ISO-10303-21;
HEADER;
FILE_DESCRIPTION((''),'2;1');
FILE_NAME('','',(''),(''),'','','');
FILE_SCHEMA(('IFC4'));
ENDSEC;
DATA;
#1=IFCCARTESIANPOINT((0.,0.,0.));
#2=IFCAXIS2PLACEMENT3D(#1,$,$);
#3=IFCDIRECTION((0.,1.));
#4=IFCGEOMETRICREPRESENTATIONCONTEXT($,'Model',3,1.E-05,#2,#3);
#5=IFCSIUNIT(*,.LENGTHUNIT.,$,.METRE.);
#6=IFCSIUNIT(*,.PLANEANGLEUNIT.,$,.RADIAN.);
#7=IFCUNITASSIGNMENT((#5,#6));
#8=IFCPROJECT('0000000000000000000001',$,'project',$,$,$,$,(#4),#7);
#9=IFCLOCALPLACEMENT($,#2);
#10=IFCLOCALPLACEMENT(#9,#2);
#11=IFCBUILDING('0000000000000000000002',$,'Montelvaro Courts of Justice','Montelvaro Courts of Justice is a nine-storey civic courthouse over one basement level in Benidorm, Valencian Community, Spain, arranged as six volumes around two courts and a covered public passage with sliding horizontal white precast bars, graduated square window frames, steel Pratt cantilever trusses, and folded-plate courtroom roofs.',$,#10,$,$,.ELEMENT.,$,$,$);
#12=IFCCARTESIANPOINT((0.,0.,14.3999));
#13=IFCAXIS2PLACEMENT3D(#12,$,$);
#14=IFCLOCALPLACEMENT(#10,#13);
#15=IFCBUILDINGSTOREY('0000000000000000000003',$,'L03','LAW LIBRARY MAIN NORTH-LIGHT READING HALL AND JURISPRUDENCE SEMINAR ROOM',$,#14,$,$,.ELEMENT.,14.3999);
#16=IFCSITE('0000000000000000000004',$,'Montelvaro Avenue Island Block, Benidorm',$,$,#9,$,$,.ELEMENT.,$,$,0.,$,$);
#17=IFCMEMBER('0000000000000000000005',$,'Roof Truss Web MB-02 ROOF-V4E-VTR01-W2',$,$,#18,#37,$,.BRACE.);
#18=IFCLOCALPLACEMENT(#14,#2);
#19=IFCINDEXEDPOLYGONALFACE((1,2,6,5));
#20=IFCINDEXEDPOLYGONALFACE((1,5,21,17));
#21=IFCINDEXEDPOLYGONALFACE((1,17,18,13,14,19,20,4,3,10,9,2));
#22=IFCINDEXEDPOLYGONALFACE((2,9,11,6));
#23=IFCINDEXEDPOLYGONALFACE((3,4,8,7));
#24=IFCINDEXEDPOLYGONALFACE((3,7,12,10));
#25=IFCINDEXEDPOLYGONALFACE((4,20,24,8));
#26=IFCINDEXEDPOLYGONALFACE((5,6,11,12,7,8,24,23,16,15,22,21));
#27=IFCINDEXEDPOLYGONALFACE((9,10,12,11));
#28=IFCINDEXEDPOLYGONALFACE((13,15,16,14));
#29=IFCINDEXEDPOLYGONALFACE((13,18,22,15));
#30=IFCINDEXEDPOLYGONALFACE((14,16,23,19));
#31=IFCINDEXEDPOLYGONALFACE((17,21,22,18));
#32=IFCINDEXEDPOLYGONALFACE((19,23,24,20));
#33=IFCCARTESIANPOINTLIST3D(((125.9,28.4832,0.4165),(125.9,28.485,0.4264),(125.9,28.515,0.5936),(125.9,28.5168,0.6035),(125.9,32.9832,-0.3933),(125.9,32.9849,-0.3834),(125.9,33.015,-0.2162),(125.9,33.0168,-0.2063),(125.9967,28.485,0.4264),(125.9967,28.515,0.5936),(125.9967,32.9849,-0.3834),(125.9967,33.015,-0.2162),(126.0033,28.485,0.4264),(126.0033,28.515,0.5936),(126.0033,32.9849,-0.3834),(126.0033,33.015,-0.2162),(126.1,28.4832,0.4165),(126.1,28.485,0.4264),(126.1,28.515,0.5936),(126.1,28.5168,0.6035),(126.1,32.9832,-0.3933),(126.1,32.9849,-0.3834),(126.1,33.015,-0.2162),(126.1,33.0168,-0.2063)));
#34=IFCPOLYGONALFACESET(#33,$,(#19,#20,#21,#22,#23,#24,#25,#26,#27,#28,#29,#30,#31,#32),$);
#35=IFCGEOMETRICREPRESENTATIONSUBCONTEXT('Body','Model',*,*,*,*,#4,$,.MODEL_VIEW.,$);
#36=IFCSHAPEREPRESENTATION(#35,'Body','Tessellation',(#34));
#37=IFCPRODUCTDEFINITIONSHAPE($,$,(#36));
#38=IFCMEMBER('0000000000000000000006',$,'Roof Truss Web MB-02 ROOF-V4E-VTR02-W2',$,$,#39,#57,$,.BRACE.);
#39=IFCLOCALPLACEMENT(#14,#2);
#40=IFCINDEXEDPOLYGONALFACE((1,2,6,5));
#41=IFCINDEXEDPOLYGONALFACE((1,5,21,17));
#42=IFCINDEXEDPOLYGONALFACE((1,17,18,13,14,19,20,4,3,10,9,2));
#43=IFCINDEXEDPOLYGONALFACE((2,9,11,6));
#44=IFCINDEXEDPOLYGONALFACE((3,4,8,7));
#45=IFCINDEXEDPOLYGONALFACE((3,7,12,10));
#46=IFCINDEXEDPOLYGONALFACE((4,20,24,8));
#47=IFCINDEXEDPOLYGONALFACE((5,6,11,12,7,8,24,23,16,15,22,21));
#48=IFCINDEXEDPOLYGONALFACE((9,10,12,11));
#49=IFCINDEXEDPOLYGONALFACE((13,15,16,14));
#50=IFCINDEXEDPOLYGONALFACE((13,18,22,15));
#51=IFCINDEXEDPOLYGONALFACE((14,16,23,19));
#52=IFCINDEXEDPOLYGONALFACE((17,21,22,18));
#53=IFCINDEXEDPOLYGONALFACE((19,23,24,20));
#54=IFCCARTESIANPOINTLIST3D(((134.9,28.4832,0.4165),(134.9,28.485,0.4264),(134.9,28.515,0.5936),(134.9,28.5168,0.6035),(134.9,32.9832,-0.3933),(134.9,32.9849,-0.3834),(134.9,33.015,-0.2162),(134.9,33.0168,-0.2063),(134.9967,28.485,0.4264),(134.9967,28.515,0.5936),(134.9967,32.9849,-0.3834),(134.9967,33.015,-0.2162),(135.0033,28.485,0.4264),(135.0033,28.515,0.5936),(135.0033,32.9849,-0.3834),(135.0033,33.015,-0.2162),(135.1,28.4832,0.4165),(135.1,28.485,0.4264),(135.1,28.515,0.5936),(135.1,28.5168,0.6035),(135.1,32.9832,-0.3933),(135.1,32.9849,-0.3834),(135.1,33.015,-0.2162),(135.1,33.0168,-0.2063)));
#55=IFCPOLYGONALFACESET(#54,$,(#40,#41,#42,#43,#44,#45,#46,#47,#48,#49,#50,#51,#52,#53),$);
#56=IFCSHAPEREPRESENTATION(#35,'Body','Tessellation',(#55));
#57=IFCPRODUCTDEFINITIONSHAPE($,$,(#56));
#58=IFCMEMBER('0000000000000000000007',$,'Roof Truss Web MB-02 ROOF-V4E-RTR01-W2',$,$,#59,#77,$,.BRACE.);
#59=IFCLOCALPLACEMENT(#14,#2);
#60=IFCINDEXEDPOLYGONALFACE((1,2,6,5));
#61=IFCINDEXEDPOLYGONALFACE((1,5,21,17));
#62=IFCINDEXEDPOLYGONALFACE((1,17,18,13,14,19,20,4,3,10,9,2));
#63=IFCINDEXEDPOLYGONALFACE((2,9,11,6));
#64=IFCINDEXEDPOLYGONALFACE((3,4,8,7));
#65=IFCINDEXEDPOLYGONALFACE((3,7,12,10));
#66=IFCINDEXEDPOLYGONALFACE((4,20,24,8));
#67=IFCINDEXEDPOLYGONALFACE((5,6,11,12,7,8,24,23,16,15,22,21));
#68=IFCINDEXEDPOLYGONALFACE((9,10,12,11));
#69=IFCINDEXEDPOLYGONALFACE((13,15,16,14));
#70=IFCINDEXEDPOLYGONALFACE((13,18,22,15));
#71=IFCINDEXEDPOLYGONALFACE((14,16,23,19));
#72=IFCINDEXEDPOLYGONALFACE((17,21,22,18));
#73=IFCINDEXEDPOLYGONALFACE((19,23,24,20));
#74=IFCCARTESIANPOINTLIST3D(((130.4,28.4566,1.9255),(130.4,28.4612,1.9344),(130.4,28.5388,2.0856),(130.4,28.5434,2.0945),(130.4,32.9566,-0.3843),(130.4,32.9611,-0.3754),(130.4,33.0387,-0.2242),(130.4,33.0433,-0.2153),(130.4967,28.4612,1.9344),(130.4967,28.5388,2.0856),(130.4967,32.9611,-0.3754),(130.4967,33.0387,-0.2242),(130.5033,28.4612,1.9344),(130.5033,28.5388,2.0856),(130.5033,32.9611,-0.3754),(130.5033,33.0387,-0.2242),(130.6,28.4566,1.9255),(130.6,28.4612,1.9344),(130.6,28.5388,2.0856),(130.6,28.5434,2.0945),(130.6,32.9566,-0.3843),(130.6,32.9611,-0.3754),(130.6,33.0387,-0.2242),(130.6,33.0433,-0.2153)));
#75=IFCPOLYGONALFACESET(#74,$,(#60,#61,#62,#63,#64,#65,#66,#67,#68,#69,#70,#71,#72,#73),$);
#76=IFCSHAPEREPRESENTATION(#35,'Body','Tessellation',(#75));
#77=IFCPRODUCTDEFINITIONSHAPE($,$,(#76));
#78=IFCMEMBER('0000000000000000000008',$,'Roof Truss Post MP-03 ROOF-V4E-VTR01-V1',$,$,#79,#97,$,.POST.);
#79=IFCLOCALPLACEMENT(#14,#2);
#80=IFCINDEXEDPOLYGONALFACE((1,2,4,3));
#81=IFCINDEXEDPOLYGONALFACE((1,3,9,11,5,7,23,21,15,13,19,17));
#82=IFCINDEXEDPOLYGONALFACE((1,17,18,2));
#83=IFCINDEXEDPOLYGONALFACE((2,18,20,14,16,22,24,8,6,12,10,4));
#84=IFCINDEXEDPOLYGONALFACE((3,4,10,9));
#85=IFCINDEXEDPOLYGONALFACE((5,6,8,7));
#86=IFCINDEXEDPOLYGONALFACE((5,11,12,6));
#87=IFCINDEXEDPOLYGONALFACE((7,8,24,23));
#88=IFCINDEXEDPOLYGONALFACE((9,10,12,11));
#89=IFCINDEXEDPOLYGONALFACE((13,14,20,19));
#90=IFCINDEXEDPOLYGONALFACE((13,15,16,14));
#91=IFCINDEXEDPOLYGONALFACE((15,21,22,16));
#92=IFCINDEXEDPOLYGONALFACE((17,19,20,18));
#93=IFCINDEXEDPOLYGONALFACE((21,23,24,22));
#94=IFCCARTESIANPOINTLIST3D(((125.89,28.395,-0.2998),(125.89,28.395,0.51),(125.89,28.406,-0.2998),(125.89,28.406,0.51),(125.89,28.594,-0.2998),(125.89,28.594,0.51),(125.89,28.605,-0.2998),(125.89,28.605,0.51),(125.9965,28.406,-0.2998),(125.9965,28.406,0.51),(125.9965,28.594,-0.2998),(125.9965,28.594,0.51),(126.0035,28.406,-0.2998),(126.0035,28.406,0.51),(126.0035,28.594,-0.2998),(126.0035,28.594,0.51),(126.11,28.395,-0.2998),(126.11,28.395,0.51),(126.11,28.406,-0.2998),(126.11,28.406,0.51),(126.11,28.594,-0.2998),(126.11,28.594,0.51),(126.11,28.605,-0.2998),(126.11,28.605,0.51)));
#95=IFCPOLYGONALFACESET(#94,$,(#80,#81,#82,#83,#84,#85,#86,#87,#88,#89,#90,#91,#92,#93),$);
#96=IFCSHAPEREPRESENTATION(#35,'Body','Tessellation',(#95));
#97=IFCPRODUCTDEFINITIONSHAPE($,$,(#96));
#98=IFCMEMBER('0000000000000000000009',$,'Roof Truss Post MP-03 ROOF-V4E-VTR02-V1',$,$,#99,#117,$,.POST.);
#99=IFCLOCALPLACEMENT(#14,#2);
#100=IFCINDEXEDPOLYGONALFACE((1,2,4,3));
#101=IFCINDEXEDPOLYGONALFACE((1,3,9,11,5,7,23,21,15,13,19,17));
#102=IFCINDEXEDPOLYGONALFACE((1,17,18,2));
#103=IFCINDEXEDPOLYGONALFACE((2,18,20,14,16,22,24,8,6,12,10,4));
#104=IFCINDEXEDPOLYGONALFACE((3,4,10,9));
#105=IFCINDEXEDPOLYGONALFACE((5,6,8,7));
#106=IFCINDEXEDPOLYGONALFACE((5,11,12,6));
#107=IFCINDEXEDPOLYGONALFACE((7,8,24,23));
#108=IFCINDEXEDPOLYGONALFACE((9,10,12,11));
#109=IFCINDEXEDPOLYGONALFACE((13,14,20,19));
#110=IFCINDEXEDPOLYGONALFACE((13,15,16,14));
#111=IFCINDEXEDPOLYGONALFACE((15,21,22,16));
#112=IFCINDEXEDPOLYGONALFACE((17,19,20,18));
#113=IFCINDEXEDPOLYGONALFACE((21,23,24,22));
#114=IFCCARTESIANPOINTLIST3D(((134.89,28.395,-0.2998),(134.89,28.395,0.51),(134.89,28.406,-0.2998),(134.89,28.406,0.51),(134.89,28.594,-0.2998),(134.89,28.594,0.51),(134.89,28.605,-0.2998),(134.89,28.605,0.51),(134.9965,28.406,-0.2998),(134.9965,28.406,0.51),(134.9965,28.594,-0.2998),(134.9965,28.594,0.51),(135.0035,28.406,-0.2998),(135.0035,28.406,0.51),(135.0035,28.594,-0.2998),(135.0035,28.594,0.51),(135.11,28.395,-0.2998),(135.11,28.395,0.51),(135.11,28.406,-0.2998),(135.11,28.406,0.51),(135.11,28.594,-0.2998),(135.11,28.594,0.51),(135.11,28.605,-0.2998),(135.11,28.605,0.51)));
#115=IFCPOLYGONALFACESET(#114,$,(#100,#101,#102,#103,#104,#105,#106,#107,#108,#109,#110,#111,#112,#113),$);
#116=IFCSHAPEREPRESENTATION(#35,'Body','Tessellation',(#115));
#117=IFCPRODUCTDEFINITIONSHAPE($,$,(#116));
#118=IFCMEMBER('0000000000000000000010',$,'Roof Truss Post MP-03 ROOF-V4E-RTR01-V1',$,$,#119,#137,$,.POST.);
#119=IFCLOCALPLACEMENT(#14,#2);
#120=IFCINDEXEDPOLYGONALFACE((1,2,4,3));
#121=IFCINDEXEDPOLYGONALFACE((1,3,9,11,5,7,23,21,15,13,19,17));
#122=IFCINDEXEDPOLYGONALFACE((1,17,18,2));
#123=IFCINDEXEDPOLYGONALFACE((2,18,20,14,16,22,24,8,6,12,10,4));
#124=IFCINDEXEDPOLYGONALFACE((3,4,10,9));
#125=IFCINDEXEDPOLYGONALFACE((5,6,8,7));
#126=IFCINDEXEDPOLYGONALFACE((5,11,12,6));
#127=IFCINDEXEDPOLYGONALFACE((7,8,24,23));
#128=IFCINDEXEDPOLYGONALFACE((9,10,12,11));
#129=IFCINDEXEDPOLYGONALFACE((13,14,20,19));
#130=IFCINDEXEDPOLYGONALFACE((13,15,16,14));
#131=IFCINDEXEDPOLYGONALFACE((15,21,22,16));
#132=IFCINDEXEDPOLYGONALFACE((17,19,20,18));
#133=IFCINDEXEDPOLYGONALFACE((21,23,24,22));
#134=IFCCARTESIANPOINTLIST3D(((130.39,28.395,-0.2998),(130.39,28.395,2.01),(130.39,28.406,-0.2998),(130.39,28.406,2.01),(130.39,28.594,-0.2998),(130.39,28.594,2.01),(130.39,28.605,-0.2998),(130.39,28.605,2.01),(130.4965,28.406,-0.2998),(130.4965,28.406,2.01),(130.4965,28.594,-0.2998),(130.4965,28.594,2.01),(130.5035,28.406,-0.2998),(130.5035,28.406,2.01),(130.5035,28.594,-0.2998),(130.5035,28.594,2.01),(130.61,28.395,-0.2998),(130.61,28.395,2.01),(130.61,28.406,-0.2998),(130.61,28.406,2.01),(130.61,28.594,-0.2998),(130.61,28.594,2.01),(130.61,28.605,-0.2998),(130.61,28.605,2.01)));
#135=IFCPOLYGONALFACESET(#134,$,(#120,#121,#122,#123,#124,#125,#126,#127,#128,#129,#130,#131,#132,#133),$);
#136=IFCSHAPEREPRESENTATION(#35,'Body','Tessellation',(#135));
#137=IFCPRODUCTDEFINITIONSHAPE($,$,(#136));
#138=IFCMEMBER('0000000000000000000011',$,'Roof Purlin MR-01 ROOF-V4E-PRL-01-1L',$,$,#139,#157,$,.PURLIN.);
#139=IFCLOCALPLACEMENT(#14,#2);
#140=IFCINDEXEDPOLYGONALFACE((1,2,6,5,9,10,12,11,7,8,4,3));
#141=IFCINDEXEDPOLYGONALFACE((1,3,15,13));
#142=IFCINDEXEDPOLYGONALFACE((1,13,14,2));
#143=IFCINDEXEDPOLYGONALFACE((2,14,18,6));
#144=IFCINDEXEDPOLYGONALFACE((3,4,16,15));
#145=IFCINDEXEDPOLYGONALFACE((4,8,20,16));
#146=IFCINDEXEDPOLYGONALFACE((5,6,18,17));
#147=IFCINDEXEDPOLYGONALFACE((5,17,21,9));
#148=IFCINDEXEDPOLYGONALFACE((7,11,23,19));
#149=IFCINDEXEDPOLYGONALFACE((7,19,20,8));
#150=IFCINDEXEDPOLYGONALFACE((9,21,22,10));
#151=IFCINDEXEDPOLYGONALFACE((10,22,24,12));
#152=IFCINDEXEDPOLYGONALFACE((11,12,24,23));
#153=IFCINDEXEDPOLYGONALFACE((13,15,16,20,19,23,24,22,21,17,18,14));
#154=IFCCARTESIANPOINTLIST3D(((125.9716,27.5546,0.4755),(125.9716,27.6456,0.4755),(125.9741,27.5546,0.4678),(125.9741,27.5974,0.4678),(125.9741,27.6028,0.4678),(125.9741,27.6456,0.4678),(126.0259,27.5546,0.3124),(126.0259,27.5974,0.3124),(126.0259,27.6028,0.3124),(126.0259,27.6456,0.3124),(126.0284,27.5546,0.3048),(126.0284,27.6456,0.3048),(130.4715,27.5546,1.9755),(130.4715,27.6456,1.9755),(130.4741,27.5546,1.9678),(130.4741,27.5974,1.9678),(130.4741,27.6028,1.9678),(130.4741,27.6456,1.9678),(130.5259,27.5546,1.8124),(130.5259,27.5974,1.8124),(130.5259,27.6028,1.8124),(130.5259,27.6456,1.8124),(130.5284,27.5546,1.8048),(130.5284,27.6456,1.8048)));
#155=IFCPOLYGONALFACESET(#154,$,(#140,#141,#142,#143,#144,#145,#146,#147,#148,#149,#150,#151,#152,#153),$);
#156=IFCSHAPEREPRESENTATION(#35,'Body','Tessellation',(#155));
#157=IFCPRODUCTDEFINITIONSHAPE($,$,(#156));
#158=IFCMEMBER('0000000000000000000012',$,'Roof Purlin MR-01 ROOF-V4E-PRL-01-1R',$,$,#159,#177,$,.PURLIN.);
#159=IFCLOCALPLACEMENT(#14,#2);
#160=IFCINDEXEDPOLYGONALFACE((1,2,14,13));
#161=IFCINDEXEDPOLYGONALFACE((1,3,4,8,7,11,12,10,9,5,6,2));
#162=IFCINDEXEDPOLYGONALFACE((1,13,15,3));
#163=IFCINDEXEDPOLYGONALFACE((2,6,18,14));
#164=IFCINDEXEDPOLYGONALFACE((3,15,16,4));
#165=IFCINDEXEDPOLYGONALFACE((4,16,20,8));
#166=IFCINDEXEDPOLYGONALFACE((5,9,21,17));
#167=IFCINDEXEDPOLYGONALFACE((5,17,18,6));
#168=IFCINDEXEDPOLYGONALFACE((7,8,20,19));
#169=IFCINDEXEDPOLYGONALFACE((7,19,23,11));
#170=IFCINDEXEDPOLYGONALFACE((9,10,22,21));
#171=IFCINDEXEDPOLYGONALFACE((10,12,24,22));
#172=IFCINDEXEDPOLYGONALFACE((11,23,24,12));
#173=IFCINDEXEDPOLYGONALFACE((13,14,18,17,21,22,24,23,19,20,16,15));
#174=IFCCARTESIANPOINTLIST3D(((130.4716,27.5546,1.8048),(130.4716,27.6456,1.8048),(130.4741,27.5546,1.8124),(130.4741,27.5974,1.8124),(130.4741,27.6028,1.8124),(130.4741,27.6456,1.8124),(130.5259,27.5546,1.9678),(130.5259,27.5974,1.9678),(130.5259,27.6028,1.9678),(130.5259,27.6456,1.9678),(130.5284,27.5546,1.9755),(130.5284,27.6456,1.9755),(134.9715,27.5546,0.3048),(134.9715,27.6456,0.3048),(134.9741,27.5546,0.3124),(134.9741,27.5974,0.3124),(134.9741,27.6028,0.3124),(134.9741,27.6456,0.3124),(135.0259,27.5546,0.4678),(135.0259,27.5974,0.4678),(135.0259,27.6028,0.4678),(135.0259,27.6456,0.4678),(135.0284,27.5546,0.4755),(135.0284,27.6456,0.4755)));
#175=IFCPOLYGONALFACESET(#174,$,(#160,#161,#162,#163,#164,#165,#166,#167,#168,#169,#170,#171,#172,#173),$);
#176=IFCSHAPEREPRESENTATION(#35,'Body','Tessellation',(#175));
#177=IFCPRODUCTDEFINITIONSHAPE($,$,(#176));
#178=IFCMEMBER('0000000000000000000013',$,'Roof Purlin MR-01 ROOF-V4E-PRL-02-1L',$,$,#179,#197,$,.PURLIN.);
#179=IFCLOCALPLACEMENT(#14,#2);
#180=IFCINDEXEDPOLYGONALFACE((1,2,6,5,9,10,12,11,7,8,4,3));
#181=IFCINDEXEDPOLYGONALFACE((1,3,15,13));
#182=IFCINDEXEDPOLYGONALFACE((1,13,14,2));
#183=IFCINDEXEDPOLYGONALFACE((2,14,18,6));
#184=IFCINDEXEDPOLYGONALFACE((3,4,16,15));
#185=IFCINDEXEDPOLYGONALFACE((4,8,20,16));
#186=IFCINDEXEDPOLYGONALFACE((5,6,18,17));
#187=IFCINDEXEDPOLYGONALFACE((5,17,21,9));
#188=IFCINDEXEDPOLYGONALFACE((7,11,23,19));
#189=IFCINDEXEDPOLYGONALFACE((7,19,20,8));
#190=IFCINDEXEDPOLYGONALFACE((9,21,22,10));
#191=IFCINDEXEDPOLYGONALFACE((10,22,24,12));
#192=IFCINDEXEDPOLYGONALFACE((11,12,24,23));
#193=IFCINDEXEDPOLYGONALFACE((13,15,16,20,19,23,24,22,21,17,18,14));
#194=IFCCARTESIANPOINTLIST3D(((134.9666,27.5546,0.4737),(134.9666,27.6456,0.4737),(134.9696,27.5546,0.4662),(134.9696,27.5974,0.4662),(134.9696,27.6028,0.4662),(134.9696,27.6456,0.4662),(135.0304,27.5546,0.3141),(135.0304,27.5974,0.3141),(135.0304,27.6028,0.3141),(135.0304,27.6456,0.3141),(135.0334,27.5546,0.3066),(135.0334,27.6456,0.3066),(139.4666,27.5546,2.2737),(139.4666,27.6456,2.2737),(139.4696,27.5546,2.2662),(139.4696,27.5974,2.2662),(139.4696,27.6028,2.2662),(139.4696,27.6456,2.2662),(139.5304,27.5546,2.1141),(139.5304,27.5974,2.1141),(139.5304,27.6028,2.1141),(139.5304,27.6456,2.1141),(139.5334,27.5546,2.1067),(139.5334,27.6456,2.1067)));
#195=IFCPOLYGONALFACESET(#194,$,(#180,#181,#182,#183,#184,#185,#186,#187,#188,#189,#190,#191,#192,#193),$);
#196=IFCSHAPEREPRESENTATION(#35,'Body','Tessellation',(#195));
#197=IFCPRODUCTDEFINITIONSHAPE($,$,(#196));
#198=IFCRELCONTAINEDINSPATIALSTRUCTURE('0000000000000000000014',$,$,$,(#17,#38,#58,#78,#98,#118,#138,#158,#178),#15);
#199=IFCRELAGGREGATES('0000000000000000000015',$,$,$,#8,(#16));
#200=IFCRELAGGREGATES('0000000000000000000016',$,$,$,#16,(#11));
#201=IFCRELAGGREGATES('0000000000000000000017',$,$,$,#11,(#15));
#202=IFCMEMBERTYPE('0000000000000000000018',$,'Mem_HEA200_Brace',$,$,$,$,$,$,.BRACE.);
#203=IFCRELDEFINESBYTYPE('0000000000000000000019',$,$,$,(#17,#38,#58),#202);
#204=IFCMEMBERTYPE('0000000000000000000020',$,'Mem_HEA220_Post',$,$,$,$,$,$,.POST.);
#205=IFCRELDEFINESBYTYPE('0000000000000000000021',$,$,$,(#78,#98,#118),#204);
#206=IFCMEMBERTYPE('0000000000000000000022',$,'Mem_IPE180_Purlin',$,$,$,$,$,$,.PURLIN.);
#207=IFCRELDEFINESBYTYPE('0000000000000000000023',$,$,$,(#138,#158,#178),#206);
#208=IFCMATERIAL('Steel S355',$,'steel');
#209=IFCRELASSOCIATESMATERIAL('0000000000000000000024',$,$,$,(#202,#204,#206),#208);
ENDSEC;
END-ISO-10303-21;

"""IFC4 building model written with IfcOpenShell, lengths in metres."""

from ifc_helpers import new_model, si_unit, direction, frame, origin, origin_2d, place, context, subcontext, project, spatial, i_section, extrude, material, material_profile, profile_set, type_object, element, save


model = new_model("IFC4")

# Units and contexts
model_context = context("Model", 3, precision=1e-05, world=origin(), true_north=direction((0.0, 1.0)))
body_context = subcontext(model_context, "Body", "Model", "MODEL_VIEW")
ifc_project = project(units=[si_unit("LENGTHUNIT", "METRE"), si_unit("PLANEANGLEUNIT", "RADIAN")], contexts=[model_context])

# Site, building, storey
site_placement = place(None, origin())
site = spatial("IfcSite", under=ifc_project, at=site_placement, Name="Montelvaro Avenue Island Block, Benidorm", CompositionType="ELEMENT", RefElevation=0.0)
building_placement = place(site_placement, origin())
building = spatial("IfcBuilding", under=site, at=building_placement, Name="Montelvaro Courts of Justice", Description="Montelvaro Courts of Justice is a nine-storey civic courthouse over one basement level in Benidorm, Valencian Community, Spain, arranged as six volumes around two courts and a covered public passage with sliding horizontal white precast bars, graduated square window frames, steel Pratt cantilever trusses, and folded-plate courtroom roofs.", CompositionType="ELEMENT")
storey_placement = place(building_placement, frame((0.0, 0.0, 14.3999)))
storey = spatial("IfcBuildingStorey", under=building, at=storey_placement, Name="L03", Description="LAW LIBRARY MAIN NORTH-LIGHT READING HALL AND JURISPRUDENCE SEMINAR ROOM", CompositionType="ELEMENT", Elevation=14.3999)

# Members
ifc_material_1 = material(Name="Steel S355", Category="steel")
ifc_material_profile_1 = material_profile(ifc_material_1, i_section(OverallWidth=0.2, OverallDepth=0.1899, WebThickness=0.0066, FlangeThickness=0.01, at=origin_2d()), Name="HEA 200")
ifc_profile_set_1 = profile_set([ifc_material_profile_1], Name="Steel S355")
member_type_1 = type_object("IfcMemberType", Name="Mem_HEA200_Brace", PredefinedType="BRACE", material=ifc_profile_set_1)
for number, where, z_axis, x_axis, name in (
    (1, (126.0, 28.5, 0.51), (0.0, 0.98419, -0.177114), (-1.0, 0.0, 0.0), "Roof Truss Web MB-02 ROOF-V4E-VTR01-W2"),
    (2, (135.0, 28.5, 0.51), (0.0, 0.98419, -0.177114), (-1.0, 0.0, 0.0), "Roof Truss Web MB-02 ROOF-V4E-VTR02-W2"),
):
    element("IfcMember", number, at=place(storey_placement, frame(where, z_axis=z_axis, x_axis=x_axis)), inside=storey, type_object=member_type_1, Name=name, PredefinedType="BRACE", context=body_context, shape_type="SweptSolid", body=[
        extrude(i_section(OverallWidth=0.2, OverallDepth=0.1899, WebThickness=0.0066, FlangeThickness=0.01, at=origin_2d()), origin(), (0.0, 0.0, 1.0), 4.5723),
    ])
member_1_placement = place(storey_placement, frame((130.5, 28.5, 2.01), z_axis=(0.0, 0.889647, -0.456649), x_axis=(-1.0, 0.0, 0.0)))
element("IfcMember", 3, at=member_1_placement, inside=storey, type_object=member_type_1, Name="Roof Truss Web MB-02 ROOF-V4E-RTR01-W2", PredefinedType="BRACE", context=body_context, shape_type="SweptSolid", body=[
    extrude(i_section(OverallWidth=0.2, OverallDepth=0.1899, WebThickness=0.0066, FlangeThickness=0.01, at=origin_2d()), origin(), (0.0, 0.0, 1.0), 5.0581),
])
ifc_material_profile_2 = material_profile(ifc_material_1, i_section(OverallWidth=0.22, OverallDepth=0.21, WebThickness=0.0071, FlangeThickness=0.011, at=origin_2d()), Name="HEA 220")
ifc_profile_set_2 = profile_set([ifc_material_profile_2], Name="Steel S355")
member_type_2 = type_object("IfcMemberType", Name="Mem_HEA220_Post", PredefinedType="POST", material=ifc_profile_set_2)
for number, where, z_axis, x_axis, name in (
    (4, (126.0, 28.5, -0.2998), (0.0, 0.0, 1.0), (1.0, 0.0, 0.0), "Roof Truss Post MP-03 ROOF-V4E-VTR01-V1"),
    (5, (135.0, 28.5, -0.2998), (0.0, 0.0, 1.0), (1.0, 0.0, 0.0), "Roof Truss Post MP-03 ROOF-V4E-VTR02-V1"),
):
    element("IfcMember", number, at=place(storey_placement, frame(where, z_axis=z_axis, x_axis=x_axis)), inside=storey, type_object=member_type_2, Name=name, PredefinedType="POST", context=body_context, shape_type="SweptSolid", body=[
        extrude(i_section(OverallWidth=0.22, OverallDepth=0.21, WebThickness=0.0071, FlangeThickness=0.011, at=origin_2d()), origin(), (0.0, 0.0, 1.0), 0.8098),
    ])
member_2_placement = place(storey_placement, frame((130.5, 28.5, -0.2998), z_axis=(0.0, 0.0, 1.0), x_axis=(1.0, 0.0, 0.0)))
element("IfcMember", 6, at=member_2_placement, inside=storey, type_object=member_type_2, Name="Roof Truss Post MP-03 ROOF-V4E-RTR01-V1", PredefinedType="POST", context=body_context, shape_type="SweptSolid", body=[
    extrude(i_section(OverallWidth=0.22, OverallDepth=0.21, WebThickness=0.0071, FlangeThickness=0.011, at=origin_2d()), origin(), (0.0, 0.0, 1.0), 2.3098),
])
ifc_material_profile_3 = material_profile(ifc_material_1, i_section(OverallWidth=0.0911, OverallDepth=0.1799, WebThickness=0.0054, FlangeThickness=0.0081, at=origin_2d()), Name="IPE 180")
ifc_profile_set_3 = profile_set([ifc_material_profile_3], Name="Steel S355")
member_type_3 = type_object("IfcMemberType", Name="Mem_IPE180_Purlin", PredefinedType="PURLIN", material=ifc_profile_set_3)
for number, where, z_axis, x_axis, name in (
    (7, (126.0, 27.6001, 0.3901), (0.948683, 0.0, 0.316228), (0.0, 1.0, 0.0), "Roof Purlin MR-01 ROOF-V4E-PRL-01-1L"),
    (8, (130.5, 27.6001, 1.8901), (0.948683, 0.0, -0.316228), (0.0, 1.0, 0.0), "Roof Purlin MR-01 ROOF-V4E-PRL-01-1R"),
):
    element("IfcMember", number, at=place(storey_placement, frame(where, z_axis=z_axis, x_axis=x_axis)), inside=storey, type_object=member_type_3, Name=name, PredefinedType="PURLIN", context=body_context, shape_type="SweptSolid", body=[
        extrude(i_section(OverallWidth=0.0911, OverallDepth=0.1799, WebThickness=0.0054, FlangeThickness=0.0081, at=origin_2d()), origin(), (0.0, 0.0, 1.0), 4.7434),
    ])
member_3_placement = place(storey_placement, frame((135.0, 27.6001, 0.3901), z_axis=(0.928473, 0.0, 0.371399), x_axis=(0.0, 1.0, 0.0)))
element("IfcMember", 9, at=member_3_placement, inside=storey, type_object=member_type_3, Name="Roof Purlin MR-01 ROOF-V4E-PRL-02-1L", PredefinedType="PURLIN", context=body_context, shape_type="SweptSolid", body=[
    extrude(i_section(OverallWidth=0.0911, OverallDepth=0.1799, WebThickness=0.0054, FlangeThickness=0.0081, at=origin_2d()), origin(), (0.0, 0.0, 1.0), 4.8467),
])

save(model, "model.ifc")
